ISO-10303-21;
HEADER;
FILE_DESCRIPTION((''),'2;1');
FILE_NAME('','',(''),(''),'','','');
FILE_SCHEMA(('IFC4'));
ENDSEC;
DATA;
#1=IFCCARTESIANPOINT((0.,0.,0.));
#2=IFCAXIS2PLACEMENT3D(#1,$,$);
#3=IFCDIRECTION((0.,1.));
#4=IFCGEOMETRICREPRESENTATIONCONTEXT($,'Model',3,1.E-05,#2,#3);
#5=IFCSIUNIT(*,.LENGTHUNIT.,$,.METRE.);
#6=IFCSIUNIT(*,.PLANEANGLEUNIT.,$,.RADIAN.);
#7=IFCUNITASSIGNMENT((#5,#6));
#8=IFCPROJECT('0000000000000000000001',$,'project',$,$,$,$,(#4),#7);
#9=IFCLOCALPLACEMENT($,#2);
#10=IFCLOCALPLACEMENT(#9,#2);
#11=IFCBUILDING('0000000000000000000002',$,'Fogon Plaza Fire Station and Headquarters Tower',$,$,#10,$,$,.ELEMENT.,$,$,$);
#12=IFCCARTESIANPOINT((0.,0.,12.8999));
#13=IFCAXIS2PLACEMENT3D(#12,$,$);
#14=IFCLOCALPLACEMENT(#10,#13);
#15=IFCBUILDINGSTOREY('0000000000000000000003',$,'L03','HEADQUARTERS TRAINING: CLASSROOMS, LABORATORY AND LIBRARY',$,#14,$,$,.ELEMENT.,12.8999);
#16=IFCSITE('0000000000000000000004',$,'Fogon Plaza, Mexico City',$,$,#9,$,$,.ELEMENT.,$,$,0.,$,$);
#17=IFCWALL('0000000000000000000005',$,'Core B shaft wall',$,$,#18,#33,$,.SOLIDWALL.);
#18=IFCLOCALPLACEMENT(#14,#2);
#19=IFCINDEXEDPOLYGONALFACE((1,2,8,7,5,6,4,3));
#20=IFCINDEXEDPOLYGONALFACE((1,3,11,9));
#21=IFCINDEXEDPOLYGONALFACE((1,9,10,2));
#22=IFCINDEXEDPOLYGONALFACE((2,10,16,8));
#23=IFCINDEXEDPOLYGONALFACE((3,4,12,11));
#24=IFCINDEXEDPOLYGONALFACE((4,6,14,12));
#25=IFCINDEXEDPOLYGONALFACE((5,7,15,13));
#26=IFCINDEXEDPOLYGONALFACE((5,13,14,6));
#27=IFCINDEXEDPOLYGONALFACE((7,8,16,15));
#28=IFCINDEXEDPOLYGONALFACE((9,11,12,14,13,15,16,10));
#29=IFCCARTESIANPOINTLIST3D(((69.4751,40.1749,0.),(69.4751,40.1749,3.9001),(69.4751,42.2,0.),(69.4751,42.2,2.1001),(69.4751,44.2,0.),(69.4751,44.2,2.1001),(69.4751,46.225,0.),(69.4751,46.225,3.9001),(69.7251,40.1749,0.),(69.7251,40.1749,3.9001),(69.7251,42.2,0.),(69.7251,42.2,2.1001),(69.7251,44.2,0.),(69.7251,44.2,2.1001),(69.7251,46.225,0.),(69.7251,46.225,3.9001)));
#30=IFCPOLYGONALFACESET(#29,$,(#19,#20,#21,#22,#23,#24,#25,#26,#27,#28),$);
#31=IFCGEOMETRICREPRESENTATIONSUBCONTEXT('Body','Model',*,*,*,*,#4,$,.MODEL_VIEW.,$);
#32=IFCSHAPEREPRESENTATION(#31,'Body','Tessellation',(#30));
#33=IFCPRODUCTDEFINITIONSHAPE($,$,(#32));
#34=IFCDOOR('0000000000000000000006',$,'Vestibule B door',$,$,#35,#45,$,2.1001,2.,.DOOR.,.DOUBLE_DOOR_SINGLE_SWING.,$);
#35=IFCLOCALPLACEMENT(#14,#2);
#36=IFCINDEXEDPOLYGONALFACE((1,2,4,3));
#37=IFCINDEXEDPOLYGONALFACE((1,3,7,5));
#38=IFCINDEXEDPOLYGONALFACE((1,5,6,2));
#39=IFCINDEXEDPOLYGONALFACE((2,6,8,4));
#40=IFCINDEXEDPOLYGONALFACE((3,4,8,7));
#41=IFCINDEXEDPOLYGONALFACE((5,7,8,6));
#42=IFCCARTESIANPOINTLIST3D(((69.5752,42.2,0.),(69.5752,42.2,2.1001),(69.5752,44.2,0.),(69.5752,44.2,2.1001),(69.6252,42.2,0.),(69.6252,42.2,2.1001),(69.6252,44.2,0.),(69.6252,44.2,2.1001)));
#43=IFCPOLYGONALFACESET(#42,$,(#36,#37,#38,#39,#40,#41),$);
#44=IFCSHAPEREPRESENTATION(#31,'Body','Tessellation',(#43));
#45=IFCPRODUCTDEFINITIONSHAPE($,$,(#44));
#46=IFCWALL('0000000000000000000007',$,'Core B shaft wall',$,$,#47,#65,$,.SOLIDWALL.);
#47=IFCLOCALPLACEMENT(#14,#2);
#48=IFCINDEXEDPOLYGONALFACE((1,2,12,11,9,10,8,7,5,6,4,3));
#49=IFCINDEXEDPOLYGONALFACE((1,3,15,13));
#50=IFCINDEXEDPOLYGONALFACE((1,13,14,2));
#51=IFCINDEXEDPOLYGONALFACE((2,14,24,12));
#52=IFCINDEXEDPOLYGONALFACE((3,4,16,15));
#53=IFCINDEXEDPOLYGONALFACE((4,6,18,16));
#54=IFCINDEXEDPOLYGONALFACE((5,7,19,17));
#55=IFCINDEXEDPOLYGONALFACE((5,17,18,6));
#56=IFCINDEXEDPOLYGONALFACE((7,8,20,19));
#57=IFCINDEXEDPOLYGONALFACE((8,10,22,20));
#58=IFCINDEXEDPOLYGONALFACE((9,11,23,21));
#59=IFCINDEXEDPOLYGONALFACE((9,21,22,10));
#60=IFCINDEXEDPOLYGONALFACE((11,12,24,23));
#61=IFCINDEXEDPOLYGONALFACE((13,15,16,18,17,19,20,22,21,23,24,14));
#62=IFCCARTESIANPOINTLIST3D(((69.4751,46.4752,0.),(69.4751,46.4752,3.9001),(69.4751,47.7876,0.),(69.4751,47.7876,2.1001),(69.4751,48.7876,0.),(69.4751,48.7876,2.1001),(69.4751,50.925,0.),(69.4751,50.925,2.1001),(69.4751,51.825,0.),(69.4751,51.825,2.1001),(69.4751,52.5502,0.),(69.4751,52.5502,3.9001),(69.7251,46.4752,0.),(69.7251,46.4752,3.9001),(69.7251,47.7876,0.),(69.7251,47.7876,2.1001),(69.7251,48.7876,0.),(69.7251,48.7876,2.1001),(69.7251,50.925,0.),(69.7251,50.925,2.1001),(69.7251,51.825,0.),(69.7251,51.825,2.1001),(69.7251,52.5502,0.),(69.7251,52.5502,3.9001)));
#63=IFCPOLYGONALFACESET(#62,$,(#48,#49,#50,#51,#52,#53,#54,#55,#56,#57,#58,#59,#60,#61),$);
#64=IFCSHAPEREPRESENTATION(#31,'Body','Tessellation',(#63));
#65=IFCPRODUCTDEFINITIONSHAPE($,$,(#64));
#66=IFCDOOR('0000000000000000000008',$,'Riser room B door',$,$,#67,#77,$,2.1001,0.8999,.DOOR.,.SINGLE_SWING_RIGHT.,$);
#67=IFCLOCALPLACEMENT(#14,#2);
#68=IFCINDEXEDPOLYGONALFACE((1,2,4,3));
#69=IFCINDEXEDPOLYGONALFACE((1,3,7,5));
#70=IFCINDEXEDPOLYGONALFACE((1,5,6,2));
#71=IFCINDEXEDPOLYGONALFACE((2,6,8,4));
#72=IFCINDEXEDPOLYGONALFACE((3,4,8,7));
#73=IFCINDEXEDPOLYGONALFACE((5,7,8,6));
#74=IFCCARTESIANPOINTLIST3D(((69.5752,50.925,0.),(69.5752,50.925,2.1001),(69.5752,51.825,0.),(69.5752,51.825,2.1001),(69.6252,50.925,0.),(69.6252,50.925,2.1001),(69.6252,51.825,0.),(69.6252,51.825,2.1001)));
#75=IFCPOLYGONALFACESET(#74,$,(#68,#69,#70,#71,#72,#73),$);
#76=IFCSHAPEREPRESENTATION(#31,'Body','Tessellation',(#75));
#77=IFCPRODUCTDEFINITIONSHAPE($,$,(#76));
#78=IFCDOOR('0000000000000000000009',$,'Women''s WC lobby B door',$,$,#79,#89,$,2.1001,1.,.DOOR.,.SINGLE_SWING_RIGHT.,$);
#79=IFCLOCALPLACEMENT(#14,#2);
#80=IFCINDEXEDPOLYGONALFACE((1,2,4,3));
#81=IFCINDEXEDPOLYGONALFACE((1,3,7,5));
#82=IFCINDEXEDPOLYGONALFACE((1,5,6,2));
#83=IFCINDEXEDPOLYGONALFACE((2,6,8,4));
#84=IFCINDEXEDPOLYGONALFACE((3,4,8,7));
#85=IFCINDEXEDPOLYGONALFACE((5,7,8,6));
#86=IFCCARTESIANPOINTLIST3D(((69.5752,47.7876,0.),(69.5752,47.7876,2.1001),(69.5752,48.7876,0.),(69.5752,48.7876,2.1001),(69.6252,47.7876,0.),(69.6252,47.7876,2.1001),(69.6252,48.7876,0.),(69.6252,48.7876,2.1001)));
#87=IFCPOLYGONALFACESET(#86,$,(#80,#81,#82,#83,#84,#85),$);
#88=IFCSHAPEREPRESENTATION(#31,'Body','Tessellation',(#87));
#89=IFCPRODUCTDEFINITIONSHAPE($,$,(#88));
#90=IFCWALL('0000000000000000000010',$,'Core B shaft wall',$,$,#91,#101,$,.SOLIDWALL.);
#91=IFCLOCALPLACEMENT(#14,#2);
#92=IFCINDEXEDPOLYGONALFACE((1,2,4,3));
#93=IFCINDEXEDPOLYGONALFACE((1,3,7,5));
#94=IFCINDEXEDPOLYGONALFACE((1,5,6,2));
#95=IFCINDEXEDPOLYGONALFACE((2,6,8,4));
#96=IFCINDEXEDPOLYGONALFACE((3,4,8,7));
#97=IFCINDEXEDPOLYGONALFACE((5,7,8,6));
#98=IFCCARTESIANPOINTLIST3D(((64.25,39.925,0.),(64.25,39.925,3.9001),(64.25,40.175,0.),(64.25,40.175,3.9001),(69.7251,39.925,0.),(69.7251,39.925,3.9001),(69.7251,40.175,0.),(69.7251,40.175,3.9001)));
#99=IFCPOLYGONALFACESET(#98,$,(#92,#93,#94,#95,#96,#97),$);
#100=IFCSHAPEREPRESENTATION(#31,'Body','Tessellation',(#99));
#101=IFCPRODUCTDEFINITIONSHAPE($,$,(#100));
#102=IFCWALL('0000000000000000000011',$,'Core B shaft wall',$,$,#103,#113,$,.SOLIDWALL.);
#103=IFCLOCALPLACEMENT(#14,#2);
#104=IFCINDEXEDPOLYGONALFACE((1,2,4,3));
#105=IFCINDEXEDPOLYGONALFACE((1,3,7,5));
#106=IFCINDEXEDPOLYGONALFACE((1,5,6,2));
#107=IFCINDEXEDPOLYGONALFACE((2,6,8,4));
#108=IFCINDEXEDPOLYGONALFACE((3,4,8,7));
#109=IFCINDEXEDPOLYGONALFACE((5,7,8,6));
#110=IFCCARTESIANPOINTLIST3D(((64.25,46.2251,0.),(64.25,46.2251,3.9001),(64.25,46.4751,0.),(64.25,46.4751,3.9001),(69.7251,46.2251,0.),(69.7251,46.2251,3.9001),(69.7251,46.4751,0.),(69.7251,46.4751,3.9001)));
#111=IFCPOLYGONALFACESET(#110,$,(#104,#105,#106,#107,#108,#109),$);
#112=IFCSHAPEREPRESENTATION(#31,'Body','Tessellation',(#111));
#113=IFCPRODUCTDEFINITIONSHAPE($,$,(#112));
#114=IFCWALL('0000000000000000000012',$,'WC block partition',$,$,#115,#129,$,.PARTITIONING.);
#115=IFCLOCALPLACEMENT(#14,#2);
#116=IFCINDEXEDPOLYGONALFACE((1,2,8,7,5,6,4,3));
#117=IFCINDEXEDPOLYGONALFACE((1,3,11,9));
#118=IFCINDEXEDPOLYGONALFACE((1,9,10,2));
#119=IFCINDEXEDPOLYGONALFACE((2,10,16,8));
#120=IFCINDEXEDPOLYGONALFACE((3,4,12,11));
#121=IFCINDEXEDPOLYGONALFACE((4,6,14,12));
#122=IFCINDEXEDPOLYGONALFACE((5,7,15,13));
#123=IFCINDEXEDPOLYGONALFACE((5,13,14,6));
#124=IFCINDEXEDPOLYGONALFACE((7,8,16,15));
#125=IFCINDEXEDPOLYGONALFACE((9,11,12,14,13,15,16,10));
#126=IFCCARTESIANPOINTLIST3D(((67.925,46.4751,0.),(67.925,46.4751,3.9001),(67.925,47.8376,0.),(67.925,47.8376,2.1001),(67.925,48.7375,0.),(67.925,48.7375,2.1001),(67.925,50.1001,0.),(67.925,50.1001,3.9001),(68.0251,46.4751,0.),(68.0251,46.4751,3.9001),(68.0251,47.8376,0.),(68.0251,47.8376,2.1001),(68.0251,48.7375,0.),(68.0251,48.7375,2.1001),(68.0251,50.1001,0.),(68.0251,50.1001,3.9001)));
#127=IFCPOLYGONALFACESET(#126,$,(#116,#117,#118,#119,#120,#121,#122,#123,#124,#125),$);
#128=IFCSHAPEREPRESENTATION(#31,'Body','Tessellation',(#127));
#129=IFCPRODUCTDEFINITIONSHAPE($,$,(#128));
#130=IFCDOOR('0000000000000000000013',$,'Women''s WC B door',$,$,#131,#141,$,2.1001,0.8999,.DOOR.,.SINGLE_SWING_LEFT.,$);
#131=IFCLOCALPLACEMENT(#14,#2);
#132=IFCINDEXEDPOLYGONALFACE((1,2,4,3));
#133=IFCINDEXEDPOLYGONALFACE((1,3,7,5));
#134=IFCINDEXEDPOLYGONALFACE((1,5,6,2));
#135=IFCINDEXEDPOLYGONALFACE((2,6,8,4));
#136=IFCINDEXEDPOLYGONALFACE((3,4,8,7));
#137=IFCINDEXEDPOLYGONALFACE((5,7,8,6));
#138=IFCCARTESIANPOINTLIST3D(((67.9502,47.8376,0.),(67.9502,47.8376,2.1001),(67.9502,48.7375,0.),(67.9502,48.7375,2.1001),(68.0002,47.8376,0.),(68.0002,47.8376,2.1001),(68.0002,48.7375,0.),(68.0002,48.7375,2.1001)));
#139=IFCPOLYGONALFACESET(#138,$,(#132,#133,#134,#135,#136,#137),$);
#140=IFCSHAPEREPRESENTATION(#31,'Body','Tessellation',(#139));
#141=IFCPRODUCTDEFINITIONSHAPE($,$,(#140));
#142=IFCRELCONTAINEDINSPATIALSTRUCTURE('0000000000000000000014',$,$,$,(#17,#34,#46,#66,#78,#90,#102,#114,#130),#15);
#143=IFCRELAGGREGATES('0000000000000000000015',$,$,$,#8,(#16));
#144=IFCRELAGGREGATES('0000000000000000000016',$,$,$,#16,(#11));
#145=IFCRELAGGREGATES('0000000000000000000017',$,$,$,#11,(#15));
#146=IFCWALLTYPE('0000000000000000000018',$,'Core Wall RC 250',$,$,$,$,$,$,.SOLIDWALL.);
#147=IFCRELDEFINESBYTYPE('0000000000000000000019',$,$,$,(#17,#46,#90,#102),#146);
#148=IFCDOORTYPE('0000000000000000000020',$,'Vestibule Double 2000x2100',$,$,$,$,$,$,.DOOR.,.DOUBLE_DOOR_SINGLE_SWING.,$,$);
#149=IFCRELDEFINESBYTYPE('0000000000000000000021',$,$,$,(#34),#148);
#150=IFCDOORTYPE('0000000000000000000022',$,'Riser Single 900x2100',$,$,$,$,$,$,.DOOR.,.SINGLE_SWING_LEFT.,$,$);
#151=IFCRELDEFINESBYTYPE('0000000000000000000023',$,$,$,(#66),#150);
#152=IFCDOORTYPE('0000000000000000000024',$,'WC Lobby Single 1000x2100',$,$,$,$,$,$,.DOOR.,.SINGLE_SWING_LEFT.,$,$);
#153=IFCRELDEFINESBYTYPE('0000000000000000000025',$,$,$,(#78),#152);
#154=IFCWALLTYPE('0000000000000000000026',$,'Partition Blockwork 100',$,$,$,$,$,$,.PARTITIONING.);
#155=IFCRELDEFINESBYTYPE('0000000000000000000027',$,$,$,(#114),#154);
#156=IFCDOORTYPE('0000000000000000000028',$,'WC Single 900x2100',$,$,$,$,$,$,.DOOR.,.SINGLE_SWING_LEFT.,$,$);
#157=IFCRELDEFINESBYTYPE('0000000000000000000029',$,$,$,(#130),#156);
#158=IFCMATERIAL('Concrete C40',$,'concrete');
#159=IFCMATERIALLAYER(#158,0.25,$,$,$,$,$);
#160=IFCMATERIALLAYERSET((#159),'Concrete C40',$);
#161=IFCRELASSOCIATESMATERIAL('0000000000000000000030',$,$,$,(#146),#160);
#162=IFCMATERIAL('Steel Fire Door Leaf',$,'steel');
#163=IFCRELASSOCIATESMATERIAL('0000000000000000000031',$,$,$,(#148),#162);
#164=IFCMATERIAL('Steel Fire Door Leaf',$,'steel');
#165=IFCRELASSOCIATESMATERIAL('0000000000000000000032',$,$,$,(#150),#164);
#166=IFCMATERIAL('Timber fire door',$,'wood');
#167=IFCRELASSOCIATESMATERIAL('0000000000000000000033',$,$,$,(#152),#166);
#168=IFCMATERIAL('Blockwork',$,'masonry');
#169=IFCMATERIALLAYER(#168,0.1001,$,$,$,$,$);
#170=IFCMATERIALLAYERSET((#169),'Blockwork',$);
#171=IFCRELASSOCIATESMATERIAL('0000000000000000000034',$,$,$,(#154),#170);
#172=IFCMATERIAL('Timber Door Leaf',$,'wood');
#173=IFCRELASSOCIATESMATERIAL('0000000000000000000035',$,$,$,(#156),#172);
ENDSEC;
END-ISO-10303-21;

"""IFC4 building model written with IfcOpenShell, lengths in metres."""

from ifc_helpers import new_model, si_unit, direction, frame, frame_2d, origin, place, context, subcontext, project, spatial, rectangle, extrude, material, layer, layer_set, type_object, element, fill, save


model = new_model("IFC4")

# Units and contexts
model_context = context("Model", 3, precision=1e-05, world=origin(), true_north=direction((0.0, 1.0)))
body_context = subcontext(model_context, "Body", "Model", "MODEL_VIEW")
ifc_project = project(units=[si_unit("LENGTHUNIT", "METRE"), si_unit("PLANEANGLEUNIT", "RADIAN")], contexts=[model_context])

# Site, building, storey
site_placement = place(None, origin())
site = spatial("IfcSite", under=ifc_project, at=site_placement, Name="Fogon Plaza, Mexico City", CompositionType="ELEMENT", RefElevation=0.0)
building_placement = place(site_placement, origin())
building = spatial("IfcBuilding", under=site, at=building_placement, Name="Fogon Plaza Fire Station and Headquarters Tower", CompositionType="ELEMENT")
storey_placement = place(building_placement, frame((0.0, 0.0, 12.8999)))
storey = spatial("IfcBuildingStorey", under=building, at=storey_placement, Name="L03", Description="HEADQUARTERS TRAINING: CLASSROOMS, LABORATORY AND LIBRARY", CompositionType="ELEMENT", Elevation=12.8999)

# Shared definitions
ifc_material_1 = material(Name="Concrete C40", Category="concrete")
ifc_layer_1 = layer(ifc_material_1, 0.25)
ifc_layer_set_1 = layer_set([ifc_layer_1], Name="Concrete C40")
wall_type_1 = type_object("IfcWallType", Name="Core Wall RC 250", PredefinedType="SOLIDWALL", material=ifc_layer_set_1)

# Wall, opening, door
wall_1_placement = place(storey_placement, frame((69.6001, 40.175, 0.0), z_axis=(0.0, 0.0, 1.0), x_axis=(0.0, 1.0, 0.0)))
wall_1 = element("IfcWall", 1, at=wall_1_placement, inside=storey, type_object=wall_type_1, Name="Core B shaft wall", PredefinedType="SOLIDWALL", context=body_context, shape_type="SweptSolid", body=[
    extrude(rectangle(XDim=6.05, YDim=0.25, at=frame_2d((3.0249, 0.0))), origin(), (0.0, 0.0, 1.0), 3.9001),
])
opening_1_placement = place(wall_1_placement, frame((2.0249, 0.0, 0.0)))
opening_1 = element("IfcOpeningElement", 2, at=opening_1_placement, cuts=wall_1, PredefinedType="OPENING", context=body_context, shape_type="SweptSolid", body=[
    extrude(rectangle(XDim=2.0, YDim=2.1001, at=frame_2d((1.0, 1.05))), frame((0.0, 0.135, 0.0), z_axis=(0.0, -1.0, 0.0), x_axis=(1.0, 0.0, 0.0)), (0.0, 0.0, 1.0), 0.27),
])
ifc_material_2 = material(Name="Steel Fire Door Leaf", Category="steel")
door_type_1 = type_object("IfcDoorType", Name="Vestibule Double 2000x2100", OperationType="DOUBLE_DOOR_SINGLE_SWING", PredefinedType="DOOR", material=ifc_material_2)
door_1_placement = place(opening_1_placement, origin())
door_1 = element("IfcDoor", 3, at=door_1_placement, inside=storey, type_object=door_type_1, Name="Vestibule B door", OperationType="DOUBLE_DOOR_SINGLE_SWING", OverallHeight=2.1001, OverallWidth=2.0, PredefinedType="DOOR", context=body_context, shape_type="SweptSolid", body=[
    extrude(rectangle(XDim=2.0, YDim=2.1001, at=frame_2d((1.0, 1.05))), frame((0.0, 0.0249, 0.0), z_axis=(0.0, -1.0, 0.0), x_axis=(1.0, 0.0, 0.0)), (0.0, 0.0, 1.0), 0.05),
])
fill(opening_1, door_1)

# Wall, openings, doors
wall_2_placement = place(storey_placement, frame((69.6001, 46.4751, 0.0), z_axis=(0.0, 0.0, 1.0), x_axis=(0.0, 1.0, 0.0)))
wall_2 = element("IfcWall", 4, at=wall_2_placement, inside=storey, type_object=wall_type_1, Name="Core B shaft wall", PredefinedType="SOLIDWALL", context=body_context, shape_type="SweptSolid", body=[
    extrude(rectangle(XDim=6.075, YDim=0.25, at=frame_2d((3.0376, 0.0))), origin(), (0.0, 0.0, 1.0), 3.9001),
])
opening_2_placement = place(wall_2_placement, frame((1.3125, 0.0, 0.0)))
opening_2 = element("IfcOpeningElement", 5, at=opening_2_placement, cuts=wall_2, PredefinedType="OPENING", context=body_context, shape_type="SweptSolid", body=[
    extrude(rectangle(XDim=1.0, YDim=2.1001, at=frame_2d((0.5, 1.05))), frame((0.0, 0.135, 0.0), z_axis=(0.0, -1.0, 0.0), x_axis=(1.0, 0.0, 0.0)), (0.0, 0.0, 1.0), 0.27),
])
opening_3_placement = place(wall_2_placement, frame((4.45, 0.0, 0.0)))
opening_3 = element("IfcOpeningElement", 6, at=opening_3_placement, cuts=wall_2, PredefinedType="OPENING", context=body_context, shape_type="SweptSolid", body=[
    extrude(rectangle(XDim=0.8999, YDim=2.1001, at=frame_2d((0.45, 1.05))), frame((0.0, 0.135, 0.0), z_axis=(0.0, -1.0, 0.0), x_axis=(1.0, 0.0, 0.0)), (0.0, 0.0, 1.0), 0.27),
])
ifc_material_3 = material(Name="Steel Fire Door Leaf", Category="steel")
door_type_2 = type_object("IfcDoorType", Name="Riser Single 900x2100", OperationType="SINGLE_SWING_LEFT", PredefinedType="DOOR", material=ifc_material_3)
door_2_placement = place(opening_3_placement, origin())
door_2 = element("IfcDoor", 7, at=door_2_placement, inside=storey, type_object=door_type_2, Name="Riser room B door", OperationType="SINGLE_SWING_RIGHT", OverallHeight=2.1001, OverallWidth=0.8999, PredefinedType="DOOR", context=body_context, shape_type="SweptSolid", body=[
    extrude(rectangle(XDim=0.8999, YDim=2.1001, at=frame_2d((0.45, 1.05))), frame((0.0, 0.0249, 0.0), z_axis=(0.0, -1.0, 0.0), x_axis=(1.0, 0.0, 0.0)), (0.0, 0.0, 1.0), 0.05),
])
fill(opening_3, door_2)
ifc_material_4 = material(Name="Timber fire door", Category="wood")
door_type_3 = type_object("IfcDoorType", Name="WC Lobby Single 1000x2100", OperationType="SINGLE_SWING_LEFT", PredefinedType="DOOR", material=ifc_material_4)
door_3_placement = place(opening_2_placement, origin())
door_3 = element("IfcDoor", 8, at=door_3_placement, inside=storey, type_object=door_type_3, Name="Women's WC lobby B door", OperationType="SINGLE_SWING_RIGHT", OverallHeight=2.1001, OverallWidth=1.0, PredefinedType="DOOR", context=body_context, shape_type="SweptSolid", body=[
    extrude(rectangle(XDim=1.0, YDim=2.1001, at=frame_2d((0.5, 1.05))), frame((0.0, 0.0249, 0.0), z_axis=(0.0, -1.0, 0.0), x_axis=(1.0, 0.0, 0.0)), (0.0, 0.0, 1.0), 0.05),
])
fill(opening_2, door_3)

# Walls
for number, where, z_axis, x_axis, name in (
    (9, (69.7251, 40.05, 0.0), (0.0, 0.0, 1.0), (-1.0, 0.0, 0.0), "Core B shaft wall"),
    (10, (69.7251, 46.3501, 0.0), (0.0, 0.0, 1.0), (-1.0, 0.0, 0.0), "Core B shaft wall"),
):
    element("IfcWall", number, at=place(storey_placement, frame(where, z_axis=z_axis, x_axis=x_axis)), inside=storey, type_object=wall_type_1, Name=name, PredefinedType="SOLIDWALL", context=body_context, shape_type="SweptSolid", body=[
        extrude(rectangle(XDim=5.4751, YDim=0.25, at=frame_2d((2.7375, 0.0))), origin(), (0.0, 0.0, 1.0), 3.9001),
    ])

# Wall, opening, door
ifc_material_5 = material(Name="Blockwork", Category="masonry")
ifc_layer_2 = layer(ifc_material_5, 0.1001)
ifc_layer_set_2 = layer_set([ifc_layer_2], Name="Blockwork")
wall_type_2 = type_object("IfcWallType", Name="Partition Blockwork 100", PredefinedType="PARTITIONING", material=ifc_layer_set_2)
wall_3_placement = place(storey_placement, frame((67.9751, 46.4751, 0.0), z_axis=(0.0, 0.0, 1.0), x_axis=(0.0, 1.0, 0.0)))
wall_3 = element("IfcWall", 11, at=wall_3_placement, inside=storey, type_object=wall_type_2, Name="WC block partition", PredefinedType="PARTITIONING", context=body_context, shape_type="SweptSolid", body=[
    extrude(rectangle(XDim=3.625, YDim=0.1001, at=frame_2d((1.8125, 0.0))), origin(), (0.0, 0.0, 1.0), 3.9001),
])
opening_4_placement = place(wall_3_placement, frame((1.3625, 0.0, 0.0)))
opening_4 = element("IfcOpeningElement", 12, at=opening_4_placement, cuts=wall_3, PredefinedType="OPENING", context=body_context, shape_type="SweptSolid", body=[
    extrude(rectangle(XDim=0.8999, YDim=2.1001, at=frame_2d((0.45, 1.05))), frame((0.0, 0.0601, 0.0), z_axis=(0.0, -1.0, 0.0), x_axis=(1.0, 0.0, 0.0)), (0.0, 0.0, 1.0), 0.1201),
])
ifc_material_6 = material(Name="Timber Door Leaf", Category="wood")
door_type_4 = type_object("IfcDoorType", Name="WC Single 900x2100", OperationType="SINGLE_SWING_LEFT", PredefinedType="DOOR", material=ifc_material_6)
door_4_placement = place(opening_4_placement, origin())
door_4 = element("IfcDoor", 13, at=door_4_placement, inside=storey, type_object=door_type_4, Name="Women's WC B door", OperationType="SINGLE_SWING_LEFT", OverallHeight=2.1001, OverallWidth=0.8999, PredefinedType="DOOR", context=body_context, shape_type="SweptSolid", body=[
    extrude(rectangle(XDim=0.8999, YDim=2.1001, at=frame_2d((0.45, 1.05))), frame((0.0, 0.0249, 0.0), z_axis=(0.0, -1.0, 0.0), x_axis=(1.0, 0.0, 0.0)), (0.0, 0.0, 1.0), 0.05),
])
fill(opening_4, door_4)

save(model, "model.ifc")
